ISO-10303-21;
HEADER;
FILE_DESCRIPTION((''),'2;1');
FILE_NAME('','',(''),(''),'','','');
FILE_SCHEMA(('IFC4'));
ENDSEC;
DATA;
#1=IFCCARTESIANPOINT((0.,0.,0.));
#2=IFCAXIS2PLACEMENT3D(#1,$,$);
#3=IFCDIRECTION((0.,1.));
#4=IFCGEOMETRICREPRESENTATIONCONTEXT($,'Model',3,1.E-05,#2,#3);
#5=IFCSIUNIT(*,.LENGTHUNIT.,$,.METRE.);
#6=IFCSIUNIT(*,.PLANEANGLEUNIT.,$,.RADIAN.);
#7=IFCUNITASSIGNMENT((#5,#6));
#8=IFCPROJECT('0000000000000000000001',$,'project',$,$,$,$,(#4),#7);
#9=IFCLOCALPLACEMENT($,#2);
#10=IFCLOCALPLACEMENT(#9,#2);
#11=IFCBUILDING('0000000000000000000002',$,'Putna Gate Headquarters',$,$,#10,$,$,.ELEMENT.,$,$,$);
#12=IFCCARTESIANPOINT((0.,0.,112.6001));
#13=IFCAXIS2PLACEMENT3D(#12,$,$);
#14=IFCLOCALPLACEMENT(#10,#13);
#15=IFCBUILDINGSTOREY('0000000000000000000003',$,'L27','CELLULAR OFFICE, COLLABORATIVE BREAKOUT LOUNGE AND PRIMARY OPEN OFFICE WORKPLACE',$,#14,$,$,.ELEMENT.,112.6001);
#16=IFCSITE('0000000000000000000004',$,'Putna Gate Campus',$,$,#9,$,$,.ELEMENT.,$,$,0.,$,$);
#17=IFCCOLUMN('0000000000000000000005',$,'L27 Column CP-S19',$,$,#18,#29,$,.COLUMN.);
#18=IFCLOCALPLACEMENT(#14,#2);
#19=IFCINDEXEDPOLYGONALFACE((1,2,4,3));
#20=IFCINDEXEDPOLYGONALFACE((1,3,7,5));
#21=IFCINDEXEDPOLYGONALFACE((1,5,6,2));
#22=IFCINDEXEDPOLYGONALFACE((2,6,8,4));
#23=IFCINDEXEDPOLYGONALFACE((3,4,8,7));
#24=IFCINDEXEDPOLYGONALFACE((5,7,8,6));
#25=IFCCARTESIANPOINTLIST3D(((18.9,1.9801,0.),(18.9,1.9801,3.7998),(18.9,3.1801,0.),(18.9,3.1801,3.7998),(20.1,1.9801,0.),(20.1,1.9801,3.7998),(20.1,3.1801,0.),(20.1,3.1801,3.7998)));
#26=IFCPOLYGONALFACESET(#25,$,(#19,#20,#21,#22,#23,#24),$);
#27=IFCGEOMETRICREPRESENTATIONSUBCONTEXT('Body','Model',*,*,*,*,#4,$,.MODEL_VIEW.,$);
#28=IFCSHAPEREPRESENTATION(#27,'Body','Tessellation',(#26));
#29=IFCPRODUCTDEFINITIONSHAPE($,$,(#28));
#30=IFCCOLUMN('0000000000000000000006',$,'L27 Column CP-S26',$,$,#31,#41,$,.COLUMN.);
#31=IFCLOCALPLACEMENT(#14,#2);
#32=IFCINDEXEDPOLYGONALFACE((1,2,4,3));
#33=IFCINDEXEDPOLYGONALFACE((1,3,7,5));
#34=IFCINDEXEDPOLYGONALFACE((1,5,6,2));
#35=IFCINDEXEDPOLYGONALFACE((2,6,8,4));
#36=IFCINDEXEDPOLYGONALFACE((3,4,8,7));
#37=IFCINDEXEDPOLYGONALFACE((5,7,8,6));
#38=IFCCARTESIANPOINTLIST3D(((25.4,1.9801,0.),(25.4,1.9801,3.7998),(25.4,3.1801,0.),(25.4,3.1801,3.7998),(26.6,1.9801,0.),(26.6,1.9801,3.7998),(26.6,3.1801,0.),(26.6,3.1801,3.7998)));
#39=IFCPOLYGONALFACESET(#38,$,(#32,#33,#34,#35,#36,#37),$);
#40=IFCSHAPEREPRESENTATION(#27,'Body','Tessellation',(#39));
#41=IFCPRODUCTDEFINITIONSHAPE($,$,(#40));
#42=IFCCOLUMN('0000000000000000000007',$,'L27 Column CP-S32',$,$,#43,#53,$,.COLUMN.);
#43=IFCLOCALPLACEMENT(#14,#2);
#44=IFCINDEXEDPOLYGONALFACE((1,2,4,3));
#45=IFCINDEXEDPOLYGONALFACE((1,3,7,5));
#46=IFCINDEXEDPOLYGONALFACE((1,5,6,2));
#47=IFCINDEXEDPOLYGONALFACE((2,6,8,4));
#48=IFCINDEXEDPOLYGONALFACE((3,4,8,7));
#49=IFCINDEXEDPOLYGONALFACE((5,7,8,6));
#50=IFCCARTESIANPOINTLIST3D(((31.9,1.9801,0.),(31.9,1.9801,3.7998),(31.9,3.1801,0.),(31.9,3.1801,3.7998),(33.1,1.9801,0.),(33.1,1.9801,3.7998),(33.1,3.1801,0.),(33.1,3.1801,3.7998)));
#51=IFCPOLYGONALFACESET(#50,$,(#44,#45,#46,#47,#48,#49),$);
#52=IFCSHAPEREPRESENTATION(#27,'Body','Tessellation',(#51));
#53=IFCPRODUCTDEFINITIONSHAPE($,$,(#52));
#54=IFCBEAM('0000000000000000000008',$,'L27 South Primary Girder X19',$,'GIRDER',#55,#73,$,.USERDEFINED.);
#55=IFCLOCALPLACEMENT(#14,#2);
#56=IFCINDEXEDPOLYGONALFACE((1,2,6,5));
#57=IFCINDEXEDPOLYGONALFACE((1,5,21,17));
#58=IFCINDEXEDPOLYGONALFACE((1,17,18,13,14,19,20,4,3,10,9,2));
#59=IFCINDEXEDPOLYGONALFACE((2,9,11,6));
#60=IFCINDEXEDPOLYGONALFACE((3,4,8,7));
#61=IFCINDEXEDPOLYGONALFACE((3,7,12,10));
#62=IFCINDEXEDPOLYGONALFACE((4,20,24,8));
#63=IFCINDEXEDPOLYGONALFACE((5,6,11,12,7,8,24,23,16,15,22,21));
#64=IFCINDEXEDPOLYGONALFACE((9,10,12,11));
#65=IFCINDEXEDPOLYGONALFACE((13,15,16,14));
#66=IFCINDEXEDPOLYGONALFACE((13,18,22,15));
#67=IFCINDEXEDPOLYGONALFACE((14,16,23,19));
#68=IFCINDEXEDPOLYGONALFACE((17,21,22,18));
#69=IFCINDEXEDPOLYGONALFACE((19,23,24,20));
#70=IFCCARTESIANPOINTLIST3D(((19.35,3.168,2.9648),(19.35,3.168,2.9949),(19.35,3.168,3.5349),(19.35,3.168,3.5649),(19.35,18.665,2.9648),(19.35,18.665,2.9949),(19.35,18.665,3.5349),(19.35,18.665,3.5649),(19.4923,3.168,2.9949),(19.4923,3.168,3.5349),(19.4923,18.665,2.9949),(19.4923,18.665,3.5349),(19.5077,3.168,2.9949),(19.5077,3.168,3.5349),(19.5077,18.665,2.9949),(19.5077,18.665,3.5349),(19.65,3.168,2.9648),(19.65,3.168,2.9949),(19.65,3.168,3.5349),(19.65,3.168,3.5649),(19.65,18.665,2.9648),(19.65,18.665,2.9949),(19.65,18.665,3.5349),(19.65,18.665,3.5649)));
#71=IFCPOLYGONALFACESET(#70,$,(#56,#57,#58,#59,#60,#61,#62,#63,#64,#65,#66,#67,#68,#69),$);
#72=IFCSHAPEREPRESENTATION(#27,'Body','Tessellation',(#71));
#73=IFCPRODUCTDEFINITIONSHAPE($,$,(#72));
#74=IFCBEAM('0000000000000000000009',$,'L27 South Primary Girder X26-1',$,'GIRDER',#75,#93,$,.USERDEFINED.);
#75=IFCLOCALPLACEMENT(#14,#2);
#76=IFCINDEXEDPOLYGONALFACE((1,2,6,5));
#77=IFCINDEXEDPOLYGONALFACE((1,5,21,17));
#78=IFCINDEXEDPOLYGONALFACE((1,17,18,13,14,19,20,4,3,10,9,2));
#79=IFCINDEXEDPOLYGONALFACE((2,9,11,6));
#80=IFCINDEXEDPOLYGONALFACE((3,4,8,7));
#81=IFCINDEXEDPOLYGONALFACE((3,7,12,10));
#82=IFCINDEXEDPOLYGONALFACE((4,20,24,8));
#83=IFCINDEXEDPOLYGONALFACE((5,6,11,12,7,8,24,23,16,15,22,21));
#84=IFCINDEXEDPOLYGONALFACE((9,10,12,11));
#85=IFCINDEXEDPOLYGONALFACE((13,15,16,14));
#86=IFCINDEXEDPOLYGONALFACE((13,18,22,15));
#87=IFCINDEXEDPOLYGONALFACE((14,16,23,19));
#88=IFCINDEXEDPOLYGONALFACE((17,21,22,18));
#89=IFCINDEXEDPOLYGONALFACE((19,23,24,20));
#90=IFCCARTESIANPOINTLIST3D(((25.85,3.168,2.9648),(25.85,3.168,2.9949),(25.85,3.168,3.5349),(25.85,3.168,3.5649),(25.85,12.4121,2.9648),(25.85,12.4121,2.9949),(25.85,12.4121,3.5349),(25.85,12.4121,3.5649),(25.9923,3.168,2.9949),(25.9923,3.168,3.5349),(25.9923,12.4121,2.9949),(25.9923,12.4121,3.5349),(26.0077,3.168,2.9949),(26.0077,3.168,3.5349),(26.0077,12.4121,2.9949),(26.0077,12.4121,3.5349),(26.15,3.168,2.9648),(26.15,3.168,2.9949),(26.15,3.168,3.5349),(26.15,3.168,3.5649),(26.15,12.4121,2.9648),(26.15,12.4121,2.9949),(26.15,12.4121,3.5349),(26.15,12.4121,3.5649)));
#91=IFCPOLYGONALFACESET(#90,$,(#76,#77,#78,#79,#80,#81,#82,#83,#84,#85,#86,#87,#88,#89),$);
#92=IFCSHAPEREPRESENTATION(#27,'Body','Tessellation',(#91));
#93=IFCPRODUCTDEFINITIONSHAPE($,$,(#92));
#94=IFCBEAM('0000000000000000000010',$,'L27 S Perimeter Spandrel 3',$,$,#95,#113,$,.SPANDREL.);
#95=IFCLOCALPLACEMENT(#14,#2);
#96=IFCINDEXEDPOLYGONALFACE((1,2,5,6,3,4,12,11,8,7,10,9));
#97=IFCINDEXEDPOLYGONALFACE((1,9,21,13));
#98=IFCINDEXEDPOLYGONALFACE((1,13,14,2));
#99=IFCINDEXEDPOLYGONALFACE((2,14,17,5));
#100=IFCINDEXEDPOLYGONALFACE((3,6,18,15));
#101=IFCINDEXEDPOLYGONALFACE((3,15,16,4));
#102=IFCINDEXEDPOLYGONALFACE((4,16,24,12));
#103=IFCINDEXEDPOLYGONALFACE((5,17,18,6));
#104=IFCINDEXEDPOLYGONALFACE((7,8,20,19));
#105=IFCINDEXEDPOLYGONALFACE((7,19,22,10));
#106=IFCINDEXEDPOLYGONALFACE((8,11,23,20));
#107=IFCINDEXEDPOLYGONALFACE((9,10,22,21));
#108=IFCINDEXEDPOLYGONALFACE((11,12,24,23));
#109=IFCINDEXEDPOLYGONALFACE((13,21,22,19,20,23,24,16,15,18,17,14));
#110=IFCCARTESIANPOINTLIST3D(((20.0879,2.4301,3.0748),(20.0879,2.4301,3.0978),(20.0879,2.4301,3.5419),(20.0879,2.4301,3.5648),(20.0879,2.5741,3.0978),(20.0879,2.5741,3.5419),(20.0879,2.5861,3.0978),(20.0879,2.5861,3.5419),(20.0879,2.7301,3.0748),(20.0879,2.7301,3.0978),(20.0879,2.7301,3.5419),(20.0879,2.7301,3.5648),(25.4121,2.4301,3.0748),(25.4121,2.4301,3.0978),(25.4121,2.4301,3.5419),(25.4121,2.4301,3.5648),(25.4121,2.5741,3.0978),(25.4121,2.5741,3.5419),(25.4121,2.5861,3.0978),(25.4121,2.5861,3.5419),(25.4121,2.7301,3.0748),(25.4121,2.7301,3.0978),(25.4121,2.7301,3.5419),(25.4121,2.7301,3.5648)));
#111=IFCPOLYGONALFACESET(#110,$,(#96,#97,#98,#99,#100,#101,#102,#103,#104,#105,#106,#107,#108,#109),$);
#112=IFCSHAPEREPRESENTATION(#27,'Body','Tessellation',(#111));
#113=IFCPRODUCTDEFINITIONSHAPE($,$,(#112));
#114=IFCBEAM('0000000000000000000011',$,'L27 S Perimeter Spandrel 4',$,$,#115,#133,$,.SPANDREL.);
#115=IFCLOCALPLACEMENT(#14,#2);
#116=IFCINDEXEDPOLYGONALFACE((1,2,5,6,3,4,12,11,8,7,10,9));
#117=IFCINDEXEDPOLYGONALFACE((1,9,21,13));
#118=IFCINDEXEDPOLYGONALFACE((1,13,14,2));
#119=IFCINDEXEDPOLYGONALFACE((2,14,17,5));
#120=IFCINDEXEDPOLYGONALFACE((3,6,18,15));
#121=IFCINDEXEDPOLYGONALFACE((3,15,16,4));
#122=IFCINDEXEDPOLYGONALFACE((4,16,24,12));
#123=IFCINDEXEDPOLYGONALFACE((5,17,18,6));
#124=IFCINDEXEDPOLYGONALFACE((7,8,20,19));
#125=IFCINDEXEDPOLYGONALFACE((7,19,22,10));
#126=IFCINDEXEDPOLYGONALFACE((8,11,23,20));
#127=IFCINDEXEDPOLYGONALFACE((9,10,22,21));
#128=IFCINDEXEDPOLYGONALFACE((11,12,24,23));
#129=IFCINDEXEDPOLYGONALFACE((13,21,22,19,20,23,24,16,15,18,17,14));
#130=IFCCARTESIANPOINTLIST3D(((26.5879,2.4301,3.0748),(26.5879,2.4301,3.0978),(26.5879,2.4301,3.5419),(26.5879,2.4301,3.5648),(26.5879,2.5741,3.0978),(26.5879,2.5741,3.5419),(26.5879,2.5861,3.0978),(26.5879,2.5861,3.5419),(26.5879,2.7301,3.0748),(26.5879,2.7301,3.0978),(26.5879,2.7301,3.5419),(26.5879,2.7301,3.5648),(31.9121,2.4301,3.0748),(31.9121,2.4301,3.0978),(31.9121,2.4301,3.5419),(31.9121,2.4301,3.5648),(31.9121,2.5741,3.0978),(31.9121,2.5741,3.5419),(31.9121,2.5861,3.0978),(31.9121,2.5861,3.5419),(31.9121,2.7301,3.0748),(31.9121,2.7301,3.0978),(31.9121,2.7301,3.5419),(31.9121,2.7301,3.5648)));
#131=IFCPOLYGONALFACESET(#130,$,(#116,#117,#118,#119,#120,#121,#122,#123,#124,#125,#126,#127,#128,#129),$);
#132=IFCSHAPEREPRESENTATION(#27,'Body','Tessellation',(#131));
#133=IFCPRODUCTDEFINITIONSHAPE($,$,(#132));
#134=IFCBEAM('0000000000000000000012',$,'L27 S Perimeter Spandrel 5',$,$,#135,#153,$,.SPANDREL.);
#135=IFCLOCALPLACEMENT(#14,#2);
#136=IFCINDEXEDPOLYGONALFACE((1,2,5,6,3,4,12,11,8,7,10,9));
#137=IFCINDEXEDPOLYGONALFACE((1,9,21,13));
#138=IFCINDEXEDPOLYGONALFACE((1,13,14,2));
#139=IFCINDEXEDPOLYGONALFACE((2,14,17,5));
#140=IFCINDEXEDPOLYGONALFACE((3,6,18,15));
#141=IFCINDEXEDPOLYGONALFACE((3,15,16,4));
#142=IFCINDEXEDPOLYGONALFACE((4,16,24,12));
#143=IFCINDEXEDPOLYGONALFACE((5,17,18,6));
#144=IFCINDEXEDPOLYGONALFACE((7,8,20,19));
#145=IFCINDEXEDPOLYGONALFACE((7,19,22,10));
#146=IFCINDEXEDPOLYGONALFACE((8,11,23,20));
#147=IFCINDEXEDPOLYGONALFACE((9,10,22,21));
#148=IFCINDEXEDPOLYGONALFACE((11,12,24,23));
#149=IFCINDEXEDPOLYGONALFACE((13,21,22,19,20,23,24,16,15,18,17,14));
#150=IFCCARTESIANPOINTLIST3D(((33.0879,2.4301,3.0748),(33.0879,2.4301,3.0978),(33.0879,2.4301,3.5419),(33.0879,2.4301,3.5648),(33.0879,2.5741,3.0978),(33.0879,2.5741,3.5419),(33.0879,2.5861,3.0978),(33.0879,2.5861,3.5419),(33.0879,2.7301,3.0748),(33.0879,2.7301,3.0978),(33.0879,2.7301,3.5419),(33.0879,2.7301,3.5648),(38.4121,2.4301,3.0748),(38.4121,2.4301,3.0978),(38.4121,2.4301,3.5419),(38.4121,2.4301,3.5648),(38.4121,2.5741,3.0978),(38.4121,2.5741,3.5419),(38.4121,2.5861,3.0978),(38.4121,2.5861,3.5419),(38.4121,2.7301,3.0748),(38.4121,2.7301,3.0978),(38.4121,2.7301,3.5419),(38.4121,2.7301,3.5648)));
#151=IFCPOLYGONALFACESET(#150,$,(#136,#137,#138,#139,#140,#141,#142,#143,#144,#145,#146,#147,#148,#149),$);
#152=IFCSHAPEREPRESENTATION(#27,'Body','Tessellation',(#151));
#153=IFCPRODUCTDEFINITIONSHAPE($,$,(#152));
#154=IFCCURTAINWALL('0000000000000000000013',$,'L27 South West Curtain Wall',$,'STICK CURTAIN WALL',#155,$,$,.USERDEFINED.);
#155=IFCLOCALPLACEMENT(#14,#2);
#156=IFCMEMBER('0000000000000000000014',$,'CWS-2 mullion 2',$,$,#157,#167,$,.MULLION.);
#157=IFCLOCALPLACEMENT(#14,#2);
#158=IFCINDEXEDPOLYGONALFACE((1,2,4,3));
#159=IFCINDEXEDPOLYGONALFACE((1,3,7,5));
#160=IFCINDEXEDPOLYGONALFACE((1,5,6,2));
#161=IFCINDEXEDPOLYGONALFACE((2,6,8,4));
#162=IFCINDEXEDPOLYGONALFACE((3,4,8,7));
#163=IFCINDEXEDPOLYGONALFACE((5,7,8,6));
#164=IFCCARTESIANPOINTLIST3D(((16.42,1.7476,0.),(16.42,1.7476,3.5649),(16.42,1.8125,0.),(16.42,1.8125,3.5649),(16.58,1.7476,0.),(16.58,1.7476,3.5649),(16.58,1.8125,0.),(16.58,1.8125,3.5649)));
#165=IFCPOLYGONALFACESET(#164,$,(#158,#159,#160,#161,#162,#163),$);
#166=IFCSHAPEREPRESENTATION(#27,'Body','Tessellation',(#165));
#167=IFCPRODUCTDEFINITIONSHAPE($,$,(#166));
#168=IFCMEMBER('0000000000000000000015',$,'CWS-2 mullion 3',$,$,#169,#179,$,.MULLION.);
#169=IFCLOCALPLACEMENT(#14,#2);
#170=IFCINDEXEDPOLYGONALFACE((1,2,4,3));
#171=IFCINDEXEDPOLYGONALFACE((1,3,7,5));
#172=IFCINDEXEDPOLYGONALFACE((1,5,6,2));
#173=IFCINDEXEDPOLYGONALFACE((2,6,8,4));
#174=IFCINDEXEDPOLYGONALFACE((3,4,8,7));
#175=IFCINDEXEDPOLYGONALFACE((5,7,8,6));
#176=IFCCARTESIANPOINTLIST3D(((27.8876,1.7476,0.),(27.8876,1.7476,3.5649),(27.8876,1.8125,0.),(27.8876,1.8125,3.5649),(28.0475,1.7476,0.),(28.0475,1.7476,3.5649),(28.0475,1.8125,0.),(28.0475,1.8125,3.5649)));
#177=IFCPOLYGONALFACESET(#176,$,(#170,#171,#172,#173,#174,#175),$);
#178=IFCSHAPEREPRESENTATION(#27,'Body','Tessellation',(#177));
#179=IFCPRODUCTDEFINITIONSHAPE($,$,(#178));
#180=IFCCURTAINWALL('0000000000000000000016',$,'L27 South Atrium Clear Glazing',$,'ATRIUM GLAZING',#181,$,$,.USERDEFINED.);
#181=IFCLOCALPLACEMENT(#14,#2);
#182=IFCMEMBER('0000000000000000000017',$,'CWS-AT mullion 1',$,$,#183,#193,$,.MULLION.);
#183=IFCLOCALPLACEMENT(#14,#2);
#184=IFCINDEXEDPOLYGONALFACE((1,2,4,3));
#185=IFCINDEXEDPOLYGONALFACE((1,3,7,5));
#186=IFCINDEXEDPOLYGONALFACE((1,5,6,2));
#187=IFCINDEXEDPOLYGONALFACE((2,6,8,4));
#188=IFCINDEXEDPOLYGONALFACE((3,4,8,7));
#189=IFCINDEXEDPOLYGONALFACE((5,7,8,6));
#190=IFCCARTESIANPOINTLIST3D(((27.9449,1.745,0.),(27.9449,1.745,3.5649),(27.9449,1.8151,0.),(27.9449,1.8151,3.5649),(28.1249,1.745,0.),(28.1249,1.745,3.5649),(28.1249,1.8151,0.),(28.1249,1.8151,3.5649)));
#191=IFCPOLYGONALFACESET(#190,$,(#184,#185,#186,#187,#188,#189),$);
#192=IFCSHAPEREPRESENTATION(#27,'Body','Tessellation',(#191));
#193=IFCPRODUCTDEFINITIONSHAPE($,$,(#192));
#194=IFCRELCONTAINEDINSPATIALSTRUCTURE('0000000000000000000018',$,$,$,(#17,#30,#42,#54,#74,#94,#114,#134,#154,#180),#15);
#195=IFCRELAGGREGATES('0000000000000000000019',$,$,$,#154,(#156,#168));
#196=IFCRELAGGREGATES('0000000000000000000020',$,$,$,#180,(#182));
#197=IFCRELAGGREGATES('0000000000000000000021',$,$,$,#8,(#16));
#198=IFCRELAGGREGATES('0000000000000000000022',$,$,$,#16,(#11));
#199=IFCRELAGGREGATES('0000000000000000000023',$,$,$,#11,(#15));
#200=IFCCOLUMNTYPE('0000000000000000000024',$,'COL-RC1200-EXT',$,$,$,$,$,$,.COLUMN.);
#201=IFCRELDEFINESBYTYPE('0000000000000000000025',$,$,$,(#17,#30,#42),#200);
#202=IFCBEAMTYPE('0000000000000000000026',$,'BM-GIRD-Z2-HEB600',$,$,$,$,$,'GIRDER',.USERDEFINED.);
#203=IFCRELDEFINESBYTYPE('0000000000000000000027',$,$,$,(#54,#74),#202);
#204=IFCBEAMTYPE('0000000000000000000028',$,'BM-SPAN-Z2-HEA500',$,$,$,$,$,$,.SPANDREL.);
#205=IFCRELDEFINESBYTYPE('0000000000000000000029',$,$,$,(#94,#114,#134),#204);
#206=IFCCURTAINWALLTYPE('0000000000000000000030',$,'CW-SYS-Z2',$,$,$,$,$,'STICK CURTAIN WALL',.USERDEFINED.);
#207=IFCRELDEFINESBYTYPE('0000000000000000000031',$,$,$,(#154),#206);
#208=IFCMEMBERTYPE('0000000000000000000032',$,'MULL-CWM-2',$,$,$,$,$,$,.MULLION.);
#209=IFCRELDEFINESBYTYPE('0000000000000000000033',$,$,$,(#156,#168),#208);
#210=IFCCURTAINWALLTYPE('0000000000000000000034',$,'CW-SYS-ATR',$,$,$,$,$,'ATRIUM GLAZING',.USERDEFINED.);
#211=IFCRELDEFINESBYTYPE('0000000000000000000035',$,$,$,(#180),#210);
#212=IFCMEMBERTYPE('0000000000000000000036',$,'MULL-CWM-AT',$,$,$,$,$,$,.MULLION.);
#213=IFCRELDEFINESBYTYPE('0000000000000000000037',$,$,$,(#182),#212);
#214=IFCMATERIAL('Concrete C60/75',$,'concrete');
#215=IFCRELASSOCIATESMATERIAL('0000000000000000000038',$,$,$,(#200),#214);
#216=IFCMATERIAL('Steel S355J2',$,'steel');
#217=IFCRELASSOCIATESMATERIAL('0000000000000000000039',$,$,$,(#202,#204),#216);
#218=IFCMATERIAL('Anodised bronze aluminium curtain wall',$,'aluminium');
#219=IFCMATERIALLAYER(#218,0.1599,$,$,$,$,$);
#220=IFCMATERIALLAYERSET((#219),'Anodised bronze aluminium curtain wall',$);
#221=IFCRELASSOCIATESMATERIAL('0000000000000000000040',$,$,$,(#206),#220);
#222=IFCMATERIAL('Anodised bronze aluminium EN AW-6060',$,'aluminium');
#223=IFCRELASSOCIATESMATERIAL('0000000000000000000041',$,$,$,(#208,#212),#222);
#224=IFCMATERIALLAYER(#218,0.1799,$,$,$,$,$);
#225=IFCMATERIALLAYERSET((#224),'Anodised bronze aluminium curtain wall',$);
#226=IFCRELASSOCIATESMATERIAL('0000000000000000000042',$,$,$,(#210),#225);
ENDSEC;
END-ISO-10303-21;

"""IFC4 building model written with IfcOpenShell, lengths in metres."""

from ifc_helpers import new_model, si_unit, direction, frame, origin, origin_2d, place, context, subcontext, project, spatial, rectangle, i_section, extrude, material, layer, layer_set, material_profile, profile_set, type_object, element, aggregate, save


model = new_model("IFC4")

# Units and contexts
model_context = context("Model", 3, precision=1e-05, world=origin(), true_north=direction((0.0, 1.0)))
body_context = subcontext(model_context, "Body", "Model", "MODEL_VIEW")
ifc_project = project(units=[si_unit("LENGTHUNIT", "METRE"), si_unit("PLANEANGLEUNIT", "RADIAN")], contexts=[model_context])

# Site, building, storey
site_placement = place(None, origin())
site = spatial("IfcSite", under=ifc_project, at=site_placement, Name="Putna Gate Campus", CompositionType="ELEMENT", RefElevation=0.0)
building_placement = place(site_placement, origin())
building = spatial("IfcBuilding", under=site, at=building_placement, Name="Putna Gate Headquarters", CompositionType="ELEMENT")
storey_placement = place(building_placement, frame((0.0, 0.0, 112.6001)))
storey = spatial("IfcBuildingStorey", under=building, at=storey_placement, Name="L27", Description="CELLULAR OFFICE, COLLABORATIVE BREAKOUT LOUNGE AND PRIMARY OPEN OFFICE WORKPLACE", CompositionType="ELEMENT", Elevation=112.6001)

# Columns
ifc_material_1 = material(Name="Concrete C60/75", Category="concrete")
ifc_material_profile_1 = material_profile(ifc_material_1, rectangle(XDim=1.2, YDim=1.2, at=origin_2d()), Name="Concrete C60/75")
ifc_profile_set_1 = profile_set([ifc_material_profile_1], Name="Concrete C60/75")
column_type = type_object("IfcColumnType", Name="COL-RC1200-EXT", PredefinedType="COLUMN", material=ifc_profile_set_1)
for number, where, z_axis, x_axis, name in (
    (1, (19.5, 2.5801, 0.0), (0.0, 0.0, 1.0), (1.0, 0.0, 0.0), "L27 Column CP-S19"),
    (2, (26.0, 2.5801, 0.0), (0.0, 0.0, 1.0), (1.0, 0.0, 0.0), "L27 Column CP-S26"),
    (3, (32.5, 2.5801, 0.0), (0.0, 0.0, 1.0), (1.0, 0.0, 0.0), "L27 Column CP-S32"),
):
    element("IfcColumn", number, at=place(storey_placement, frame(where, z_axis=z_axis, x_axis=x_axis)), inside=storey, type_object=column_type, Name=name, PredefinedType="COLUMN", context=body_context, shape_type="SweptSolid", body=[
        extrude(rectangle(XDim=1.2, YDim=1.2, at=origin_2d()), origin(), (0.0, 0.0, 1.0), 3.7998),
    ])

# Beams
ifc_material_2 = material(Name="Steel S355J2", Category="steel")
ifc_material_profile_2 = material_profile(ifc_material_2, i_section(OverallWidth=0.3, OverallDepth=0.6001, WebThickness=0.0154, FlangeThickness=0.03, at=origin_2d()), Name="Steel S355J2")
ifc_profile_set_2 = profile_set([ifc_material_profile_2], Name="Steel S355J2")
beam_type_1 = type_object("IfcBeamType", Name="BM-GIRD-Z2-HEB600", ElementType="GIRDER", PredefinedType="USERDEFINED", material=ifc_profile_set_2)
beam_1_placement = place(storey_placement, frame((19.5, 3.168, 3.2649), z_axis=(0.0, 1.0, 0.0), x_axis=(-1.0, 0.0, 0.0)))
element("IfcBeam", 4, at=beam_1_placement, inside=storey, type_object=beam_type_1, Name="L27 South Primary Girder X19", ObjectType="GIRDER", PredefinedType="USERDEFINED", context=body_context, shape_type="SweptSolid", body=[
    extrude(i_section(OverallWidth=0.3, OverallDepth=0.6001, WebThickness=0.0154, FlangeThickness=0.03, at=origin_2d()), origin(), (0.0, 0.0, 1.0), 15.4971),
])
beam_2_placement = place(storey_placement, frame((26.0, 3.168, 3.2649), z_axis=(0.0, 1.0, 0.0), x_axis=(-1.0, 0.0, 0.0)))
element("IfcBeam", 5, at=beam_2_placement, inside=storey, type_object=beam_type_1, Name="L27 South Primary Girder X26-1", ObjectType="GIRDER", PredefinedType="USERDEFINED", context=body_context, shape_type="SweptSolid", body=[
    extrude(i_section(OverallWidth=0.3, OverallDepth=0.6001, WebThickness=0.0154, FlangeThickness=0.03, at=origin_2d()), origin(), (0.0, 0.0, 1.0), 9.2441),
])
ifc_material_profile_3 = material_profile(ifc_material_2, i_section(OverallWidth=0.3, OverallDepth=0.49, WebThickness=0.012, FlangeThickness=0.0229, at=origin_2d()), Name="Steel S355J2")
ifc_profile_set_3 = profile_set([ifc_material_profile_3], Name="Steel S355J2")
beam_type_2 = type_object("IfcBeamType", Name="BM-SPAN-Z2-HEA500", PredefinedType="SPANDREL", material=ifc_profile_set_3)
for number, where, z_axis, x_axis, name in (
    (6, (20.0879, 2.5801, 3.3198), (1.0, 0.0, 0.0), (0.0, 1.0, 0.0), "L27 S Perimeter Spandrel 3"),
    (7, (26.5879, 2.5801, 3.3198), (1.0, 0.0, 0.0), (0.0, 1.0, 0.0), "L27 S Perimeter Spandrel 4"),
    (8, (33.0879, 2.5801, 3.3198), (1.0, 0.0, 0.0), (0.0, 1.0, 0.0), "L27 S Perimeter Spandrel 5"),
):
    element("IfcBeam", number, at=place(storey_placement, frame(where, z_axis=z_axis, x_axis=x_axis)), inside=storey, type_object=beam_type_2, Name=name, PredefinedType="SPANDREL", context=body_context, shape_type="SweptSolid", body=[
        extrude(i_section(OverallWidth=0.3, OverallDepth=0.49, WebThickness=0.012, FlangeThickness=0.0229, at=origin_2d()), origin(), (0.0, 0.0, 1.0), 5.3242),
    ])

# Curtain walls, members
ifc_material_3 = material(Name="Anodised bronze aluminium curtain wall", Category="aluminium")
ifc_layer_1 = layer(ifc_material_3, 0.1599)
ifc_layer_set_1 = layer_set([ifc_layer_1], Name="Anodised bronze aluminium curtain wall")
curtain_wall_type_1 = type_object("IfcCurtainWallType", Name="CW-SYS-Z2", ElementType="STICK CURTAIN WALL", PredefinedType="USERDEFINED", material=ifc_layer_set_1)
curtain_wall_1_placement = place(storey_placement, origin())
curtain_wall_1 = element("IfcCurtainWall", 9, at=curtain_wall_1_placement, inside=storey, type_object=curtain_wall_type_1, Name="L27 South West Curtain Wall", ObjectType="STICK CURTAIN WALL", PredefinedType="USERDEFINED")
ifc_material_4 = material(Name="Anodised bronze aluminium EN AW-6060", Category="aluminium")
ifc_material_profile_4 = material_profile(ifc_material_4, rectangle(XDim=0.0649, YDim=0.1599, at=origin_2d()), Name="Anodised bronze aluminium EN AW-6060")
ifc_profile_set_4 = profile_set([ifc_material_profile_4], Name="Anodised bronze aluminium EN AW-6060")
member_type_1 = type_object("IfcMemberType", Name="MULL-CWM-2", PredefinedType="MULLION", material=ifc_profile_set_4)
member_1_placement = place(storey_placement, frame((16.5, 1.78, 0.0), z_axis=(0.0, 0.0, 1.0), x_axis=(0.0, 1.0, 0.0)))
member_1 = element("IfcMember", 10, at=member_1_placement, type_object=member_type_1, Name="CWS-2 mullion 2", PredefinedType="MULLION", context=body_context, shape_type="SweptSolid", body=[
    extrude(rectangle(XDim=0.0649, YDim=0.1599, at=origin_2d()), origin(), (0.0, 0.0, 1.0), 3.5649),
])
member_2_placement = place(storey_placement, frame((27.9675, 1.78, 0.0), z_axis=(0.0, 0.0, 1.0), x_axis=(0.0, 1.0, 0.0)))
member_2 = element("IfcMember", 11, at=member_2_placement, type_object=member_type_1, Name="CWS-2 mullion 3", PredefinedType="MULLION", context=body_context, shape_type="SweptSolid", body=[
    extrude(rectangle(XDim=0.0649, YDim=0.1599, at=origin_2d()), origin(), (0.0, 0.0, 1.0), 3.5649),
])
ifc_layer_2 = layer(ifc_material_3, 0.1799)
ifc_layer_set_2 = layer_set([ifc_layer_2], Name="Anodised bronze aluminium curtain wall")
curtain_wall_type_2 = type_object("IfcCurtainWallType", Name="CW-SYS-ATR", ElementType="ATRIUM GLAZING", PredefinedType="USERDEFINED", material=ifc_layer_set_2)
curtain_wall_2_placement = place(storey_placement, origin())
curtain_wall_2 = element("IfcCurtainWall", 12, at=curtain_wall_2_placement, inside=storey, type_object=curtain_wall_type_2, Name="L27 South Atrium Clear Glazing", ObjectType="ATRIUM GLAZING", PredefinedType="USERDEFINED")
ifc_material_profile_5 = material_profile(ifc_material_4, rectangle(XDim=0.0701, YDim=0.1799, at=origin_2d()), Name="Anodised bronze aluminium EN AW-6060")
ifc_profile_set_5 = profile_set([ifc_material_profile_5], Name="Anodised bronze aluminium EN AW-6060")
member_type_2 = type_object("IfcMemberType", Name="MULL-CWM-AT", PredefinedType="MULLION", material=ifc_profile_set_5)
member_3_placement = place(storey_placement, frame((28.0349, 1.78, 0.0), z_axis=(0.0, 0.0, 1.0), x_axis=(0.0, 1.0, 0.0)))
member_3 = element("IfcMember", 13, at=member_3_placement, type_object=member_type_2, Name="CWS-AT mullion 1", PredefinedType="MULLION", context=body_context, shape_type="SweptSolid", body=[
    extrude(rectangle(XDim=0.0701, YDim=0.1799, at=origin_2d()), origin(), (0.0, 0.0, 1.0), 3.5649),
])

aggregate(curtain_wall_1, [member_1, member_2])
aggregate(curtain_wall_2, [member_3])

save(model, "model.ifc")
